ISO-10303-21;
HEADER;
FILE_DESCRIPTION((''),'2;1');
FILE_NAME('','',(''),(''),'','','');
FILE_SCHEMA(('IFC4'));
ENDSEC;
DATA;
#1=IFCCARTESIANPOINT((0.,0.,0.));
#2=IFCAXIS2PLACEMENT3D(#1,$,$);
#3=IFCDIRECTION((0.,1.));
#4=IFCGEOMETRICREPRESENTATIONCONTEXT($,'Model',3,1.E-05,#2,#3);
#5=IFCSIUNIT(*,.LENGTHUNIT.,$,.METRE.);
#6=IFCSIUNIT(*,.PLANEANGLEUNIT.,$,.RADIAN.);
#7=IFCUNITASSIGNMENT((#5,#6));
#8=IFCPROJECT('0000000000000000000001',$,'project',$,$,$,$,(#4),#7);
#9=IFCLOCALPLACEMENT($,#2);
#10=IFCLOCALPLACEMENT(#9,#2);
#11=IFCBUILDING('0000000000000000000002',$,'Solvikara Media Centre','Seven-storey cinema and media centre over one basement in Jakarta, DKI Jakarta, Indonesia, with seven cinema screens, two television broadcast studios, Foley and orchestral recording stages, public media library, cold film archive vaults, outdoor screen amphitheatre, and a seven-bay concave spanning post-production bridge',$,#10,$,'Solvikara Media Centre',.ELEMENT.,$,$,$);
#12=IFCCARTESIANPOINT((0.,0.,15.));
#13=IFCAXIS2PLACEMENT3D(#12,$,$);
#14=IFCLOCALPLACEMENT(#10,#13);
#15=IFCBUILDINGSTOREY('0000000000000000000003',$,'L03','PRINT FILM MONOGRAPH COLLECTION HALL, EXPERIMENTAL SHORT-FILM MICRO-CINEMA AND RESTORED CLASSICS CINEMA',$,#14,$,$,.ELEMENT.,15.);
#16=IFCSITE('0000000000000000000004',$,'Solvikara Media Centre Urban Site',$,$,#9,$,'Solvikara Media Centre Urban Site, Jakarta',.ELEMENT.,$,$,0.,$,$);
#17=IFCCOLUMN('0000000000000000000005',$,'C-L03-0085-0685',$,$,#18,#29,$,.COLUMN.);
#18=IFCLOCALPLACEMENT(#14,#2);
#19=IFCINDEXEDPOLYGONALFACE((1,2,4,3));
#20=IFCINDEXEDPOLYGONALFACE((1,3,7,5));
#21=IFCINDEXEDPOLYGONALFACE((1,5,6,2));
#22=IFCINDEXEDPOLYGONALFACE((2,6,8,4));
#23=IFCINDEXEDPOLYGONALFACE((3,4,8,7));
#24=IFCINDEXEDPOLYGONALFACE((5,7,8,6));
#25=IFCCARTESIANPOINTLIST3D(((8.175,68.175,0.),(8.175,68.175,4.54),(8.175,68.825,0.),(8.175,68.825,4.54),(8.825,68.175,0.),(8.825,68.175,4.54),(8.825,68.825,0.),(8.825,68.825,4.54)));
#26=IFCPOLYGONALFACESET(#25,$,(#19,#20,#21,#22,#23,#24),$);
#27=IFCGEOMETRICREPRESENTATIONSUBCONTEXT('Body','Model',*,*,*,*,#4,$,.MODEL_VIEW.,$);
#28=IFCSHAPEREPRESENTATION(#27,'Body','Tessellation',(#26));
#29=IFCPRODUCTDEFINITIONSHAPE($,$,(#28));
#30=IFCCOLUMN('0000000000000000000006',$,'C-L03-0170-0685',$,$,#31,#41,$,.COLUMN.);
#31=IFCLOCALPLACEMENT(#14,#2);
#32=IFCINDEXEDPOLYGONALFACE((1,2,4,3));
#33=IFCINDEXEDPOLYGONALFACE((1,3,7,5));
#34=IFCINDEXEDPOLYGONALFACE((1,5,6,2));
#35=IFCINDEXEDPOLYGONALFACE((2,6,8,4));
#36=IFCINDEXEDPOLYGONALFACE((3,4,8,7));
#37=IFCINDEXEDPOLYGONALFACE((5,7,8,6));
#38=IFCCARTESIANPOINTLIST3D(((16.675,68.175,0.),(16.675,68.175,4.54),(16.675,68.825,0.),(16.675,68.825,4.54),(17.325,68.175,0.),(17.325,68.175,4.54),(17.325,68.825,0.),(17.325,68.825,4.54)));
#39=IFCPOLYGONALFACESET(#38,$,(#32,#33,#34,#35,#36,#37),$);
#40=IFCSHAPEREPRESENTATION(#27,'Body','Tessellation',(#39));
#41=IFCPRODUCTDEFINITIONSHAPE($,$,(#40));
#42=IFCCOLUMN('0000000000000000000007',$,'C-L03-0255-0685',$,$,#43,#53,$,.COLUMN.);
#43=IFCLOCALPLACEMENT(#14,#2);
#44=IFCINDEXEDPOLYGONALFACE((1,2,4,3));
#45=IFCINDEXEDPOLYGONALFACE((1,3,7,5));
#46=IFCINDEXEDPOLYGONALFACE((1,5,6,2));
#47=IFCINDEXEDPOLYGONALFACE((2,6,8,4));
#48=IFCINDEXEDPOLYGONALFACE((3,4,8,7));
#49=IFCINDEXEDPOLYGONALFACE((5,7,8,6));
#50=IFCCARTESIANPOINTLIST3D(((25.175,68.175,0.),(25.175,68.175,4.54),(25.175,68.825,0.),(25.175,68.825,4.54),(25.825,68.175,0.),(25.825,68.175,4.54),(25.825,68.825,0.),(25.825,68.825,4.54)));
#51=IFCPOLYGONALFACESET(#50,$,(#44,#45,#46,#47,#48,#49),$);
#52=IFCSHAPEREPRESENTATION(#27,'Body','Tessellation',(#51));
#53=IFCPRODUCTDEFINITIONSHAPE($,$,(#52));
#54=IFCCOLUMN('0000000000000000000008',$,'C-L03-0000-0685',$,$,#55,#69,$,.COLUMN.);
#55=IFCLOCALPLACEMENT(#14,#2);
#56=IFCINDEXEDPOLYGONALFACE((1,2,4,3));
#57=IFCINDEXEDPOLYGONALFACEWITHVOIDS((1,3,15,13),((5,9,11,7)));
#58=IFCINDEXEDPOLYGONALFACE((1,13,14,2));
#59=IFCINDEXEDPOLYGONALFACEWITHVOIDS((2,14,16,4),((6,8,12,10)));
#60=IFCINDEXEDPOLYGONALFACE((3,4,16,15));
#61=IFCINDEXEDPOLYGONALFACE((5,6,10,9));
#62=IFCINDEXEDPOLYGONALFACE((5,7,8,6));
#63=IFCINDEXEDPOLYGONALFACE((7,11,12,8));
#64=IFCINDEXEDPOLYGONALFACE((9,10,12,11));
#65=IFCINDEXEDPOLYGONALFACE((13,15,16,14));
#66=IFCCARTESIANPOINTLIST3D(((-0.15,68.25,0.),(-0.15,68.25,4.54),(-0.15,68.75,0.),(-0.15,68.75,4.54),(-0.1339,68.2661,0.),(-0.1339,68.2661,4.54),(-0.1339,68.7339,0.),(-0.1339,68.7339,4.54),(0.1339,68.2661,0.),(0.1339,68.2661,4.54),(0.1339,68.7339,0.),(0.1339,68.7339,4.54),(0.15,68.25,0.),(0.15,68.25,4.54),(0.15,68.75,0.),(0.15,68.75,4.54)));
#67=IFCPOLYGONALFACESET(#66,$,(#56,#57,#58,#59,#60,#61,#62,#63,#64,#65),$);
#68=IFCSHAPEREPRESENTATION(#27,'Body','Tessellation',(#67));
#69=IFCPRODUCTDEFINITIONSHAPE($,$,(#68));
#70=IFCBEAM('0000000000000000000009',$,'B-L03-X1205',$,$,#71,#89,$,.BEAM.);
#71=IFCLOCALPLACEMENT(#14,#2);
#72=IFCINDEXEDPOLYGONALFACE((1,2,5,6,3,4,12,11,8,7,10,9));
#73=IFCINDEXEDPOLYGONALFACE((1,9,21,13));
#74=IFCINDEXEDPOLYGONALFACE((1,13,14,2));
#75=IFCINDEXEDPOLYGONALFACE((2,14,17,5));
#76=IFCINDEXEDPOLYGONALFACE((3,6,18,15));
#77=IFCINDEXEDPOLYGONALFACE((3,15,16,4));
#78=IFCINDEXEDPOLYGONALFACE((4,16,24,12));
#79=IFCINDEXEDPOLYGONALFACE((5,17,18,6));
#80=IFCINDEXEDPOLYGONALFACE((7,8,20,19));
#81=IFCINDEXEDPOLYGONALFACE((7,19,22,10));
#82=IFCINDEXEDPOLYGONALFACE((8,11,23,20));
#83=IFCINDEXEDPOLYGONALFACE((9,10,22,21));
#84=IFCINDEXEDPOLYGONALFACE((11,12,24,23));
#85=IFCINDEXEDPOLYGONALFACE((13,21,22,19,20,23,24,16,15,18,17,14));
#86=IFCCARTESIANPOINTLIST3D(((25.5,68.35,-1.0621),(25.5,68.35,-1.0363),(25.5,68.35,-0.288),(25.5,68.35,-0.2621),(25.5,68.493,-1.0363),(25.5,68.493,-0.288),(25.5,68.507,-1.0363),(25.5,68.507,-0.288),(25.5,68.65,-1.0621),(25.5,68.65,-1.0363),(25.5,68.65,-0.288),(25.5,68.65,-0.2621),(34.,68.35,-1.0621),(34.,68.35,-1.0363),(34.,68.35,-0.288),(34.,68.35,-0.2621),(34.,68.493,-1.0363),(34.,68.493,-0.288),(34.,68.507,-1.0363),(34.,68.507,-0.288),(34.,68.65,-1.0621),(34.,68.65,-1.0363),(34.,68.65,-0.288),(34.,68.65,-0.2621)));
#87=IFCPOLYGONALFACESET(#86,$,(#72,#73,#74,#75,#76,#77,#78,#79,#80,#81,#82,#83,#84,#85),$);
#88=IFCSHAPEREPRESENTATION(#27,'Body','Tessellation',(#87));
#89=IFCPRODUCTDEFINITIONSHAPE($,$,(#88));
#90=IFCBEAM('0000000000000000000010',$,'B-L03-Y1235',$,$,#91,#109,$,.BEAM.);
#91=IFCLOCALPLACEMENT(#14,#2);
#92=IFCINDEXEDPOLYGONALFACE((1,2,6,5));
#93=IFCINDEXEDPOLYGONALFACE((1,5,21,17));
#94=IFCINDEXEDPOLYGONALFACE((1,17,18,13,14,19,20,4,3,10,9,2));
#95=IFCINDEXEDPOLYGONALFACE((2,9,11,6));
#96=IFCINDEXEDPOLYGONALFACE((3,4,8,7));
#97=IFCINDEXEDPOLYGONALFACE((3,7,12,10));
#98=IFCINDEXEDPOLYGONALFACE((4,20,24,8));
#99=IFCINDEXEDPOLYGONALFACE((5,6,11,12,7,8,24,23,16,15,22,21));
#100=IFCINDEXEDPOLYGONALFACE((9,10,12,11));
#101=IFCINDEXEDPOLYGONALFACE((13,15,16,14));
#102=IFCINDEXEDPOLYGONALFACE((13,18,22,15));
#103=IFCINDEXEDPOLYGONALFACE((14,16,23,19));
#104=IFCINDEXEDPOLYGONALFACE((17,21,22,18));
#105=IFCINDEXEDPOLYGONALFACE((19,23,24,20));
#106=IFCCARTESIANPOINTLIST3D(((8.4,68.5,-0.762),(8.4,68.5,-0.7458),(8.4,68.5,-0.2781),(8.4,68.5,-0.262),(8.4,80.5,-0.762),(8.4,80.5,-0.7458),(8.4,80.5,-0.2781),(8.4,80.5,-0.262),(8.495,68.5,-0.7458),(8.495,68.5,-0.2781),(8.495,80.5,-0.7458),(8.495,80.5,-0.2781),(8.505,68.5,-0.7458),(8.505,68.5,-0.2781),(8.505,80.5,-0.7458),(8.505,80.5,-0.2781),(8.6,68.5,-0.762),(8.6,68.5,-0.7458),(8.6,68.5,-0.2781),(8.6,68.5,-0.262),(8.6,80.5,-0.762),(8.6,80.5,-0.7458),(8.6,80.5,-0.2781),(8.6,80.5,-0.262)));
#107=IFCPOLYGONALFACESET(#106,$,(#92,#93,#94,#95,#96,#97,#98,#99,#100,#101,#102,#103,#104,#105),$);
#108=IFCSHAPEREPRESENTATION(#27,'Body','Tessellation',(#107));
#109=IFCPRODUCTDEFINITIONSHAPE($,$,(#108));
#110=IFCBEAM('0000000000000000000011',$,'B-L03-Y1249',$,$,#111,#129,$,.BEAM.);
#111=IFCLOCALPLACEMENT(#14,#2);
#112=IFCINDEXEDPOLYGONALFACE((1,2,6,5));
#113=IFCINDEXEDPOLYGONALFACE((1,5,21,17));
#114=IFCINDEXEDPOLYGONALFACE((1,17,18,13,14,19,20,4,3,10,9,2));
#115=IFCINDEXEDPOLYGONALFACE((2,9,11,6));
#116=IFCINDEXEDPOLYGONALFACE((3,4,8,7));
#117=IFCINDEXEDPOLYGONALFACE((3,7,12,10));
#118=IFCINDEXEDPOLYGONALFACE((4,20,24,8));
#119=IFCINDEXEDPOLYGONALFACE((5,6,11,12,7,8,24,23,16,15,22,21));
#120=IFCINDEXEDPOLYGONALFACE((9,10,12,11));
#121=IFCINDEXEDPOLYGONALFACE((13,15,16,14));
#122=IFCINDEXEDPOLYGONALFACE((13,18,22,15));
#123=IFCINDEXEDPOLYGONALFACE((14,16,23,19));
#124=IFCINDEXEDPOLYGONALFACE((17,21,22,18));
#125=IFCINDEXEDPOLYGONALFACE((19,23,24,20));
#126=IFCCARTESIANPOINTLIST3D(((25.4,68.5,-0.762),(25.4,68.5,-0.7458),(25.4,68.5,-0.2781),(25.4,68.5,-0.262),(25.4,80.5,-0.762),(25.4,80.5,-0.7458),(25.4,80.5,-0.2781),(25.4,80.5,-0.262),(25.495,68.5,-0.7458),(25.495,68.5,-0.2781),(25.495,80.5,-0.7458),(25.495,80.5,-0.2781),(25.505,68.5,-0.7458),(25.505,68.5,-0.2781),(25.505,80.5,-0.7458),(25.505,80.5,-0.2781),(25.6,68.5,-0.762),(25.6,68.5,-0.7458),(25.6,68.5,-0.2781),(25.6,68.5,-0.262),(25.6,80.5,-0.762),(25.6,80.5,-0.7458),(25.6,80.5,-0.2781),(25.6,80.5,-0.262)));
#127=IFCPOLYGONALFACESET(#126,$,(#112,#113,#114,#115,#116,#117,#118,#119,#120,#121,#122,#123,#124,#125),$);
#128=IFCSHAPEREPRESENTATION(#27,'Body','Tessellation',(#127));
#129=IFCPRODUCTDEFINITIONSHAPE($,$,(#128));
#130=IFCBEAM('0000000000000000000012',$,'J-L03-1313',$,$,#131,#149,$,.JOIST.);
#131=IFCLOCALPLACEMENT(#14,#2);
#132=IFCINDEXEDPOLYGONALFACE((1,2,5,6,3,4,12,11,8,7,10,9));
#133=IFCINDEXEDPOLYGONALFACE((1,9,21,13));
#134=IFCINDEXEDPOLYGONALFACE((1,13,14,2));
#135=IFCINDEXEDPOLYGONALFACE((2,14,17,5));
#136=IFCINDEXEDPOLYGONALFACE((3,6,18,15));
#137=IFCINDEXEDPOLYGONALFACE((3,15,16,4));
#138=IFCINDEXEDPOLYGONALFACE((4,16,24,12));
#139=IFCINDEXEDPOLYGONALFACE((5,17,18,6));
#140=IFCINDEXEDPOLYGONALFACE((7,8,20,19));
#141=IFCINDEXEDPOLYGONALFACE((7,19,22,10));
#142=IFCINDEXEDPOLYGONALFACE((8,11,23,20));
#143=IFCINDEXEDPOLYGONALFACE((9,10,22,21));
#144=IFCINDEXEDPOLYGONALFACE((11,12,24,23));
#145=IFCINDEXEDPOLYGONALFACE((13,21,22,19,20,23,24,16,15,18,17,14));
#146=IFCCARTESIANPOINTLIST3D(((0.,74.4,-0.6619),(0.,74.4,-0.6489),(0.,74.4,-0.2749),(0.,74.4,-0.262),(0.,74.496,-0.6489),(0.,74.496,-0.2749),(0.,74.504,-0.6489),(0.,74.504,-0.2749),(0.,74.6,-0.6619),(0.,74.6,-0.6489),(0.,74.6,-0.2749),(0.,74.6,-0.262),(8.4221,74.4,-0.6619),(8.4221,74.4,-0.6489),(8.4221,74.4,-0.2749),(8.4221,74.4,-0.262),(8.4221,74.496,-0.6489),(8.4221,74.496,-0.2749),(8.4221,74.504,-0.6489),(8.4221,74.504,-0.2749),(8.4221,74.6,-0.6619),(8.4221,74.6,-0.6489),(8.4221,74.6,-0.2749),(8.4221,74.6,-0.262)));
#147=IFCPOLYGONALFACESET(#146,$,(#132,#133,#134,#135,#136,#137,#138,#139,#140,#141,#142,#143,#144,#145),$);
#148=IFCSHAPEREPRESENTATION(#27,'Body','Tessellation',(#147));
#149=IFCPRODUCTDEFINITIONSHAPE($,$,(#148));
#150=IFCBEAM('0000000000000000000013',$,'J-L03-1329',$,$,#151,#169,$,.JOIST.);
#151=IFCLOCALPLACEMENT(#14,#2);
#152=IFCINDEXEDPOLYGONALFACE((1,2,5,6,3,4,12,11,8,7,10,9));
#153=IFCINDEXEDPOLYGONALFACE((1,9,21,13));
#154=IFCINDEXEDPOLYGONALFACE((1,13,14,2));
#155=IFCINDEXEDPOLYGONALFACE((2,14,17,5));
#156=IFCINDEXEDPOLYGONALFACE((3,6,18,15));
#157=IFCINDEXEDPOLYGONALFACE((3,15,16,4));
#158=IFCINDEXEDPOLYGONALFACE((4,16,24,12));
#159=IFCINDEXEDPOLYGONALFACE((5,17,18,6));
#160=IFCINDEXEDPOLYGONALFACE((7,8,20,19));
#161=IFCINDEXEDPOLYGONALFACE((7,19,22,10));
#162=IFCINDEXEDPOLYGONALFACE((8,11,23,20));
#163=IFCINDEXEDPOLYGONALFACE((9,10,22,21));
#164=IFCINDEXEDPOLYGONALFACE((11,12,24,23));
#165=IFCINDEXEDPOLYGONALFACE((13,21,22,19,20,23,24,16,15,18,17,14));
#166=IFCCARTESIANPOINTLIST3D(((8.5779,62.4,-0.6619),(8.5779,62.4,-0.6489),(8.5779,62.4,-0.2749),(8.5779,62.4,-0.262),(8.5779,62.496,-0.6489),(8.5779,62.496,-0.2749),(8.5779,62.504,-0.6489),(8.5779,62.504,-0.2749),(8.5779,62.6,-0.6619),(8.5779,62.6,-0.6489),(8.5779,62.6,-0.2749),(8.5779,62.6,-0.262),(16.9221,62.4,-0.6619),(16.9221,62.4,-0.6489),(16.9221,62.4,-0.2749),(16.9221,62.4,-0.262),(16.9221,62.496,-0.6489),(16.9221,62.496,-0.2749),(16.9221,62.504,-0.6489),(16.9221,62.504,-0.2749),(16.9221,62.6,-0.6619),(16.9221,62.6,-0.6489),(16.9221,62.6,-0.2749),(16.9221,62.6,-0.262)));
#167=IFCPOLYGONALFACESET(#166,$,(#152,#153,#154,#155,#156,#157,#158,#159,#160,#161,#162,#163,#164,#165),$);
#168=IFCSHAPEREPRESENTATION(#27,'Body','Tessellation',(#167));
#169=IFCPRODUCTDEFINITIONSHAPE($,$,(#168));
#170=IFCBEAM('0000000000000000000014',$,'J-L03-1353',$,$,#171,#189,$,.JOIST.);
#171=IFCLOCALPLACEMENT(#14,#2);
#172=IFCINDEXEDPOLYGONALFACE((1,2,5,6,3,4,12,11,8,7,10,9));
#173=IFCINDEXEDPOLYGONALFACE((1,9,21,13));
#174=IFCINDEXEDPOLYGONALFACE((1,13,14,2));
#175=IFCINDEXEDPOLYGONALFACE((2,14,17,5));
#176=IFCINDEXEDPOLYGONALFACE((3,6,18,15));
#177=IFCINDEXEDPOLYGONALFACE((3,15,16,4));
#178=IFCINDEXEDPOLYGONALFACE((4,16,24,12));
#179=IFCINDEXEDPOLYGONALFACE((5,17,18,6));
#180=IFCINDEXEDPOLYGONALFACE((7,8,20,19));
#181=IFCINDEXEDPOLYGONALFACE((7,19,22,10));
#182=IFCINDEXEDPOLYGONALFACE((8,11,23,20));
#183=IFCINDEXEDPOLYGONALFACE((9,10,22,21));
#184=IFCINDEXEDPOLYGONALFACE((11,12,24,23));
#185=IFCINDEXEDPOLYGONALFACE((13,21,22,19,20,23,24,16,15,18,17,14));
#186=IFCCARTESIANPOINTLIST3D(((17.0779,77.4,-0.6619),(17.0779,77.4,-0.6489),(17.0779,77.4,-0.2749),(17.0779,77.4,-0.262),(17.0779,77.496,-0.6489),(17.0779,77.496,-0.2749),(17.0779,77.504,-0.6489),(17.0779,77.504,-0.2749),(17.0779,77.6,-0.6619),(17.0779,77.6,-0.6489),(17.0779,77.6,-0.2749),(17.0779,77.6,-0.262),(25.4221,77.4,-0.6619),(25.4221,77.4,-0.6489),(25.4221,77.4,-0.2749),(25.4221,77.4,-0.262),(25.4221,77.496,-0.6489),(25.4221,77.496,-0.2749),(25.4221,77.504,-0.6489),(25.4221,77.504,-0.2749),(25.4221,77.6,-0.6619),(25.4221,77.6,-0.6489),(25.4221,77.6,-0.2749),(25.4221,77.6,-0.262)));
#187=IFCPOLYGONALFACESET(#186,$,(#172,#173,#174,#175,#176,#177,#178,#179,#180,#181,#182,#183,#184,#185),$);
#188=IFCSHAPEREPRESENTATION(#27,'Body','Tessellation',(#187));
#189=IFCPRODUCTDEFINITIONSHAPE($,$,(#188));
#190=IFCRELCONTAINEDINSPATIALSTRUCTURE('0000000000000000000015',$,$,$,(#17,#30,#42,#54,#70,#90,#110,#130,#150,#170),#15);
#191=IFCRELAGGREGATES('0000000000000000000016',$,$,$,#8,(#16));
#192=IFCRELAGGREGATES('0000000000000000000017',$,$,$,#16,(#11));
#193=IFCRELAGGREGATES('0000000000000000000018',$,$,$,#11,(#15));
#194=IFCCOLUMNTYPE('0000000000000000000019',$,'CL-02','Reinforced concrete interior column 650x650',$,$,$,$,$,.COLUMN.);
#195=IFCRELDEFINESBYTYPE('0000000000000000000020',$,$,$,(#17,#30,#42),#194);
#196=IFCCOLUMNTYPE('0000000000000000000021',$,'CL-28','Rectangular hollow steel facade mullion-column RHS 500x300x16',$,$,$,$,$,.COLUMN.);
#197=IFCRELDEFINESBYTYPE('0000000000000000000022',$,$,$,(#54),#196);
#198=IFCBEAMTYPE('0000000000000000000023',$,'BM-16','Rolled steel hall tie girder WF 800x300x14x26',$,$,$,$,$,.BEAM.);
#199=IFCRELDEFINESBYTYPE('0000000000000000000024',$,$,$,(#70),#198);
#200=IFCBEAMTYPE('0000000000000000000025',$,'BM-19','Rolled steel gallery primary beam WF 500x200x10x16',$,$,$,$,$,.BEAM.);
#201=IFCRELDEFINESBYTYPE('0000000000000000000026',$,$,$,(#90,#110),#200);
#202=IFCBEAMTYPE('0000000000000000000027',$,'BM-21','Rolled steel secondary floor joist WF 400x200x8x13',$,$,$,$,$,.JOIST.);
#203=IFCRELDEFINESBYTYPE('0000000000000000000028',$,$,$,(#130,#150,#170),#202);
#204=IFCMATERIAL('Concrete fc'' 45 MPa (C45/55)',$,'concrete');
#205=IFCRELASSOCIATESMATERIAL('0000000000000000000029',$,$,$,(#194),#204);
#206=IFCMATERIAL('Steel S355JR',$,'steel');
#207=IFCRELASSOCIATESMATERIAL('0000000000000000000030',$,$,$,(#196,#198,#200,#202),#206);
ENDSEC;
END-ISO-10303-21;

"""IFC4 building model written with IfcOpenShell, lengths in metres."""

from ifc_helpers import new_model, si_unit, direction, frame, origin, origin_2d, place, context, subcontext, project, spatial, rectangle, hollow_rectangle, i_section, extrude, material, material_profile, profile_set, type_object, element, save


model = new_model("IFC4")

# Units and contexts
model_context = context("Model", 3, precision=1e-05, world=origin(), true_north=direction((0.0, 1.0)))
body_context = subcontext(model_context, "Body", "Model", "MODEL_VIEW")
ifc_project = project(units=[si_unit("LENGTHUNIT", "METRE"), si_unit("PLANEANGLEUNIT", "RADIAN")], contexts=[model_context])

# Site, building, storey
site_placement = place(None, origin())
site = spatial("IfcSite", under=ifc_project, at=site_placement, Name="Solvikara Media Centre Urban Site", LongName="Solvikara Media Centre Urban Site, Jakarta", CompositionType="ELEMENT", RefElevation=0.0)
building_placement = place(site_placement, origin())
building = spatial("IfcBuilding", under=site, at=building_placement, Name="Solvikara Media Centre", Description="Seven-storey cinema and media centre over one basement in Jakarta, DKI Jakarta, Indonesia, with seven cinema screens, two television broadcast studios, Foley and orchestral recording stages, public media library, cold film archive vaults, outdoor screen amphitheatre, and a seven-bay concave spanning post-production bridge", LongName="Solvikara Media Centre", CompositionType="ELEMENT")
storey_placement = place(building_placement, frame((0.0, 0.0, 15.0)))
storey = spatial("IfcBuildingStorey", under=building, at=storey_placement, Name="L03", Description="PRINT FILM MONOGRAPH COLLECTION HALL, EXPERIMENTAL SHORT-FILM MICRO-CINEMA AND RESTORED CLASSICS CINEMA", CompositionType="ELEMENT", Elevation=15.0)

# Columns
ifc_material_1 = material(Name="Concrete fc' 45 MPa (C45/55)", Category="concrete")
ifc_material_profile_1 = material_profile(ifc_material_1, rectangle(XDim=0.6499, YDim=0.6499, at=origin_2d()), Name="RC 650x650")
ifc_profile_set_1 = profile_set([ifc_material_profile_1], Name="Concrete fc' 45 MPa (C45/55)")
column_type_1 = type_object("IfcColumnType", Name="CL-02", Description="Reinforced concrete interior column 650x650", PredefinedType="COLUMN", material=ifc_profile_set_1)
for number, where, z_axis, x_axis, name in (
    (1, (8.5, 68.5, 0.0), (0.0, 0.0, 1.0), (1.0, 0.0, 0.0), "C-L03-0085-0685"),
    (2, (17.0, 68.5, 0.0), (0.0, 0.0, 1.0), (1.0, 0.0, 0.0), "C-L03-0170-0685"),
    (3, (25.5, 68.5, 0.0), (0.0, 0.0, 1.0), (1.0, 0.0, 0.0), "C-L03-0255-0685"),
):
    element("IfcColumn", number, at=place(storey_placement, frame(where, z_axis=z_axis, x_axis=x_axis)), inside=storey, type_object=column_type_1, Name=name, PredefinedType="COLUMN", context=body_context, shape_type="SweptSolid", body=[
        extrude(rectangle(XDim=0.6499, YDim=0.6499, at=origin_2d()), origin(), (0.0, 0.0, 1.0), 4.54),
    ])
ifc_material_2 = material(Name="Steel S355JR", Category="steel")
ifc_material_profile_2 = material_profile(ifc_material_2, hollow_rectangle(XDim=0.3, YDim=0.5, WallThickness=0.0161, at=origin_2d()), Name="RHS 500x300x16")
ifc_profile_set_2 = profile_set([ifc_material_profile_2], Name="Steel S355JR")
column_type_2 = type_object("IfcColumnType", Name="CL-28", Description="Rectangular hollow steel facade mullion-column RHS 500x300x16", PredefinedType="COLUMN", material=ifc_profile_set_2)
column_placement = place(storey_placement, frame((0.0, 68.5, 0.0), z_axis=(0.0, 0.0, 1.0), x_axis=(1.0, 0.0, 0.0)))
element("IfcColumn", 4, at=column_placement, inside=storey, type_object=column_type_2, Name="C-L03-0000-0685", PredefinedType="COLUMN", context=body_context, shape_type="SweptSolid", body=[
    extrude(hollow_rectangle(XDim=0.3, YDim=0.5, WallThickness=0.0161, at=origin_2d()), origin(), (0.0, 0.0, 1.0), 4.54),
])

# Beams
ifc_material_profile_3 = material_profile(ifc_material_2, i_section(OverallWidth=0.3, OverallDepth=0.8, WebThickness=0.0139, FlangeThickness=0.0259, at=origin_2d()), Name="WF 800x300x14x26")
ifc_profile_set_3 = profile_set([ifc_material_profile_3], Name="Steel S355JR")
beam_type_1 = type_object("IfcBeamType", Name="BM-16", Description="Rolled steel hall tie girder WF 800x300x14x26", PredefinedType="BEAM", material=ifc_profile_set_3)
beam_1_placement = place(storey_placement, frame((25.5, 68.5, -0.6621), z_axis=(1.0, 0.0, 0.0), x_axis=(0.0, 1.0, 0.0)))
element("IfcBeam", 5, at=beam_1_placement, inside=storey, type_object=beam_type_1, Name="B-L03-X1205", PredefinedType="BEAM", context=body_context, shape_type="SweptSolid", body=[
    extrude(i_section(OverallWidth=0.3, OverallDepth=0.8, WebThickness=0.0139, FlangeThickness=0.0259, at=origin_2d()), origin(), (0.0, 0.0, 1.0), 8.5),
])
ifc_material_profile_4 = material_profile(ifc_material_2, i_section(OverallWidth=0.2, OverallDepth=0.5, WebThickness=0.01, FlangeThickness=0.0161, at=origin_2d()), Name="WF 500x200x10x16")
ifc_profile_set_4 = profile_set([ifc_material_profile_4], Name="Steel S355JR")
beam_type_2 = type_object("IfcBeamType", Name="BM-19", Description="Rolled steel gallery primary beam WF 500x200x10x16", PredefinedType="BEAM", material=ifc_profile_set_4)
for number, where, z_axis, x_axis, name in (
    (6, (8.5, 68.5, -0.512), (0.0, 1.0, 0.0), (-1.0, 0.0, 0.0), "B-L03-Y1235"),
    (7, (25.5, 68.5, -0.512), (0.0, 1.0, 0.0), (-1.0, 0.0, 0.0), "B-L03-Y1249"),
):
    element("IfcBeam", number, at=place(storey_placement, frame(where, z_axis=z_axis, x_axis=x_axis)), inside=storey, type_object=beam_type_2, Name=name, PredefinedType="BEAM", context=body_context, shape_type="SweptSolid", body=[
        extrude(i_section(OverallWidth=0.2, OverallDepth=0.5, WebThickness=0.01, FlangeThickness=0.0161, at=origin_2d()), origin(), (0.0, 0.0, 1.0), 12.0),
    ])
ifc_material_profile_5 = material_profile(ifc_material_2, i_section(OverallWidth=0.2, OverallDepth=0.3999, WebThickness=0.0081, FlangeThickness=0.0129, at=origin_2d()), Name="WF 400x200x8x13")
ifc_profile_set_5 = profile_set([ifc_material_profile_5], Name="Steel S355JR")
beam_type_3 = type_object("IfcBeamType", Name="BM-21", Description="Rolled steel secondary floor joist WF 400x200x8x13", PredefinedType="JOIST", material=ifc_profile_set_5)
beam_2_placement = place(storey_placement, frame((0.0, 74.5, -0.4619), z_axis=(1.0, 0.0, 0.0), x_axis=(0.0, 1.0, 0.0)))
element("IfcBeam", 8, at=beam_2_placement, inside=storey, type_object=beam_type_3, Name="J-L03-1313", PredefinedType="JOIST", context=body_context, shape_type="SweptSolid", body=[
    extrude(i_section(OverallWidth=0.2, OverallDepth=0.3999, WebThickness=0.0081, FlangeThickness=0.0129, at=origin_2d()), origin(), (0.0, 0.0, 1.0), 8.4221),
])
for number, where, z_axis, x_axis, name in (
    (9, (8.5779, 62.5, -0.4619), (1.0, 0.0, 0.0), (0.0, 1.0, 0.0), "J-L03-1329"),
    (10, (17.0779, 77.5, -0.4619), (1.0, 0.0, 0.0), (0.0, 1.0, 0.0), "J-L03-1353"),
):
    element("IfcBeam", number, at=place(storey_placement, frame(where, z_axis=z_axis, x_axis=x_axis)), inside=storey, type_object=beam_type_3, Name=name, PredefinedType="JOIST", context=body_context, shape_type="SweptSolid", body=[
        extrude(i_section(OverallWidth=0.2, OverallDepth=0.3999, WebThickness=0.0081, FlangeThickness=0.0129, at=origin_2d()), origin(), (0.0, 0.0, 1.0), 8.3442),
    ])

save(model, "model.ifc")
